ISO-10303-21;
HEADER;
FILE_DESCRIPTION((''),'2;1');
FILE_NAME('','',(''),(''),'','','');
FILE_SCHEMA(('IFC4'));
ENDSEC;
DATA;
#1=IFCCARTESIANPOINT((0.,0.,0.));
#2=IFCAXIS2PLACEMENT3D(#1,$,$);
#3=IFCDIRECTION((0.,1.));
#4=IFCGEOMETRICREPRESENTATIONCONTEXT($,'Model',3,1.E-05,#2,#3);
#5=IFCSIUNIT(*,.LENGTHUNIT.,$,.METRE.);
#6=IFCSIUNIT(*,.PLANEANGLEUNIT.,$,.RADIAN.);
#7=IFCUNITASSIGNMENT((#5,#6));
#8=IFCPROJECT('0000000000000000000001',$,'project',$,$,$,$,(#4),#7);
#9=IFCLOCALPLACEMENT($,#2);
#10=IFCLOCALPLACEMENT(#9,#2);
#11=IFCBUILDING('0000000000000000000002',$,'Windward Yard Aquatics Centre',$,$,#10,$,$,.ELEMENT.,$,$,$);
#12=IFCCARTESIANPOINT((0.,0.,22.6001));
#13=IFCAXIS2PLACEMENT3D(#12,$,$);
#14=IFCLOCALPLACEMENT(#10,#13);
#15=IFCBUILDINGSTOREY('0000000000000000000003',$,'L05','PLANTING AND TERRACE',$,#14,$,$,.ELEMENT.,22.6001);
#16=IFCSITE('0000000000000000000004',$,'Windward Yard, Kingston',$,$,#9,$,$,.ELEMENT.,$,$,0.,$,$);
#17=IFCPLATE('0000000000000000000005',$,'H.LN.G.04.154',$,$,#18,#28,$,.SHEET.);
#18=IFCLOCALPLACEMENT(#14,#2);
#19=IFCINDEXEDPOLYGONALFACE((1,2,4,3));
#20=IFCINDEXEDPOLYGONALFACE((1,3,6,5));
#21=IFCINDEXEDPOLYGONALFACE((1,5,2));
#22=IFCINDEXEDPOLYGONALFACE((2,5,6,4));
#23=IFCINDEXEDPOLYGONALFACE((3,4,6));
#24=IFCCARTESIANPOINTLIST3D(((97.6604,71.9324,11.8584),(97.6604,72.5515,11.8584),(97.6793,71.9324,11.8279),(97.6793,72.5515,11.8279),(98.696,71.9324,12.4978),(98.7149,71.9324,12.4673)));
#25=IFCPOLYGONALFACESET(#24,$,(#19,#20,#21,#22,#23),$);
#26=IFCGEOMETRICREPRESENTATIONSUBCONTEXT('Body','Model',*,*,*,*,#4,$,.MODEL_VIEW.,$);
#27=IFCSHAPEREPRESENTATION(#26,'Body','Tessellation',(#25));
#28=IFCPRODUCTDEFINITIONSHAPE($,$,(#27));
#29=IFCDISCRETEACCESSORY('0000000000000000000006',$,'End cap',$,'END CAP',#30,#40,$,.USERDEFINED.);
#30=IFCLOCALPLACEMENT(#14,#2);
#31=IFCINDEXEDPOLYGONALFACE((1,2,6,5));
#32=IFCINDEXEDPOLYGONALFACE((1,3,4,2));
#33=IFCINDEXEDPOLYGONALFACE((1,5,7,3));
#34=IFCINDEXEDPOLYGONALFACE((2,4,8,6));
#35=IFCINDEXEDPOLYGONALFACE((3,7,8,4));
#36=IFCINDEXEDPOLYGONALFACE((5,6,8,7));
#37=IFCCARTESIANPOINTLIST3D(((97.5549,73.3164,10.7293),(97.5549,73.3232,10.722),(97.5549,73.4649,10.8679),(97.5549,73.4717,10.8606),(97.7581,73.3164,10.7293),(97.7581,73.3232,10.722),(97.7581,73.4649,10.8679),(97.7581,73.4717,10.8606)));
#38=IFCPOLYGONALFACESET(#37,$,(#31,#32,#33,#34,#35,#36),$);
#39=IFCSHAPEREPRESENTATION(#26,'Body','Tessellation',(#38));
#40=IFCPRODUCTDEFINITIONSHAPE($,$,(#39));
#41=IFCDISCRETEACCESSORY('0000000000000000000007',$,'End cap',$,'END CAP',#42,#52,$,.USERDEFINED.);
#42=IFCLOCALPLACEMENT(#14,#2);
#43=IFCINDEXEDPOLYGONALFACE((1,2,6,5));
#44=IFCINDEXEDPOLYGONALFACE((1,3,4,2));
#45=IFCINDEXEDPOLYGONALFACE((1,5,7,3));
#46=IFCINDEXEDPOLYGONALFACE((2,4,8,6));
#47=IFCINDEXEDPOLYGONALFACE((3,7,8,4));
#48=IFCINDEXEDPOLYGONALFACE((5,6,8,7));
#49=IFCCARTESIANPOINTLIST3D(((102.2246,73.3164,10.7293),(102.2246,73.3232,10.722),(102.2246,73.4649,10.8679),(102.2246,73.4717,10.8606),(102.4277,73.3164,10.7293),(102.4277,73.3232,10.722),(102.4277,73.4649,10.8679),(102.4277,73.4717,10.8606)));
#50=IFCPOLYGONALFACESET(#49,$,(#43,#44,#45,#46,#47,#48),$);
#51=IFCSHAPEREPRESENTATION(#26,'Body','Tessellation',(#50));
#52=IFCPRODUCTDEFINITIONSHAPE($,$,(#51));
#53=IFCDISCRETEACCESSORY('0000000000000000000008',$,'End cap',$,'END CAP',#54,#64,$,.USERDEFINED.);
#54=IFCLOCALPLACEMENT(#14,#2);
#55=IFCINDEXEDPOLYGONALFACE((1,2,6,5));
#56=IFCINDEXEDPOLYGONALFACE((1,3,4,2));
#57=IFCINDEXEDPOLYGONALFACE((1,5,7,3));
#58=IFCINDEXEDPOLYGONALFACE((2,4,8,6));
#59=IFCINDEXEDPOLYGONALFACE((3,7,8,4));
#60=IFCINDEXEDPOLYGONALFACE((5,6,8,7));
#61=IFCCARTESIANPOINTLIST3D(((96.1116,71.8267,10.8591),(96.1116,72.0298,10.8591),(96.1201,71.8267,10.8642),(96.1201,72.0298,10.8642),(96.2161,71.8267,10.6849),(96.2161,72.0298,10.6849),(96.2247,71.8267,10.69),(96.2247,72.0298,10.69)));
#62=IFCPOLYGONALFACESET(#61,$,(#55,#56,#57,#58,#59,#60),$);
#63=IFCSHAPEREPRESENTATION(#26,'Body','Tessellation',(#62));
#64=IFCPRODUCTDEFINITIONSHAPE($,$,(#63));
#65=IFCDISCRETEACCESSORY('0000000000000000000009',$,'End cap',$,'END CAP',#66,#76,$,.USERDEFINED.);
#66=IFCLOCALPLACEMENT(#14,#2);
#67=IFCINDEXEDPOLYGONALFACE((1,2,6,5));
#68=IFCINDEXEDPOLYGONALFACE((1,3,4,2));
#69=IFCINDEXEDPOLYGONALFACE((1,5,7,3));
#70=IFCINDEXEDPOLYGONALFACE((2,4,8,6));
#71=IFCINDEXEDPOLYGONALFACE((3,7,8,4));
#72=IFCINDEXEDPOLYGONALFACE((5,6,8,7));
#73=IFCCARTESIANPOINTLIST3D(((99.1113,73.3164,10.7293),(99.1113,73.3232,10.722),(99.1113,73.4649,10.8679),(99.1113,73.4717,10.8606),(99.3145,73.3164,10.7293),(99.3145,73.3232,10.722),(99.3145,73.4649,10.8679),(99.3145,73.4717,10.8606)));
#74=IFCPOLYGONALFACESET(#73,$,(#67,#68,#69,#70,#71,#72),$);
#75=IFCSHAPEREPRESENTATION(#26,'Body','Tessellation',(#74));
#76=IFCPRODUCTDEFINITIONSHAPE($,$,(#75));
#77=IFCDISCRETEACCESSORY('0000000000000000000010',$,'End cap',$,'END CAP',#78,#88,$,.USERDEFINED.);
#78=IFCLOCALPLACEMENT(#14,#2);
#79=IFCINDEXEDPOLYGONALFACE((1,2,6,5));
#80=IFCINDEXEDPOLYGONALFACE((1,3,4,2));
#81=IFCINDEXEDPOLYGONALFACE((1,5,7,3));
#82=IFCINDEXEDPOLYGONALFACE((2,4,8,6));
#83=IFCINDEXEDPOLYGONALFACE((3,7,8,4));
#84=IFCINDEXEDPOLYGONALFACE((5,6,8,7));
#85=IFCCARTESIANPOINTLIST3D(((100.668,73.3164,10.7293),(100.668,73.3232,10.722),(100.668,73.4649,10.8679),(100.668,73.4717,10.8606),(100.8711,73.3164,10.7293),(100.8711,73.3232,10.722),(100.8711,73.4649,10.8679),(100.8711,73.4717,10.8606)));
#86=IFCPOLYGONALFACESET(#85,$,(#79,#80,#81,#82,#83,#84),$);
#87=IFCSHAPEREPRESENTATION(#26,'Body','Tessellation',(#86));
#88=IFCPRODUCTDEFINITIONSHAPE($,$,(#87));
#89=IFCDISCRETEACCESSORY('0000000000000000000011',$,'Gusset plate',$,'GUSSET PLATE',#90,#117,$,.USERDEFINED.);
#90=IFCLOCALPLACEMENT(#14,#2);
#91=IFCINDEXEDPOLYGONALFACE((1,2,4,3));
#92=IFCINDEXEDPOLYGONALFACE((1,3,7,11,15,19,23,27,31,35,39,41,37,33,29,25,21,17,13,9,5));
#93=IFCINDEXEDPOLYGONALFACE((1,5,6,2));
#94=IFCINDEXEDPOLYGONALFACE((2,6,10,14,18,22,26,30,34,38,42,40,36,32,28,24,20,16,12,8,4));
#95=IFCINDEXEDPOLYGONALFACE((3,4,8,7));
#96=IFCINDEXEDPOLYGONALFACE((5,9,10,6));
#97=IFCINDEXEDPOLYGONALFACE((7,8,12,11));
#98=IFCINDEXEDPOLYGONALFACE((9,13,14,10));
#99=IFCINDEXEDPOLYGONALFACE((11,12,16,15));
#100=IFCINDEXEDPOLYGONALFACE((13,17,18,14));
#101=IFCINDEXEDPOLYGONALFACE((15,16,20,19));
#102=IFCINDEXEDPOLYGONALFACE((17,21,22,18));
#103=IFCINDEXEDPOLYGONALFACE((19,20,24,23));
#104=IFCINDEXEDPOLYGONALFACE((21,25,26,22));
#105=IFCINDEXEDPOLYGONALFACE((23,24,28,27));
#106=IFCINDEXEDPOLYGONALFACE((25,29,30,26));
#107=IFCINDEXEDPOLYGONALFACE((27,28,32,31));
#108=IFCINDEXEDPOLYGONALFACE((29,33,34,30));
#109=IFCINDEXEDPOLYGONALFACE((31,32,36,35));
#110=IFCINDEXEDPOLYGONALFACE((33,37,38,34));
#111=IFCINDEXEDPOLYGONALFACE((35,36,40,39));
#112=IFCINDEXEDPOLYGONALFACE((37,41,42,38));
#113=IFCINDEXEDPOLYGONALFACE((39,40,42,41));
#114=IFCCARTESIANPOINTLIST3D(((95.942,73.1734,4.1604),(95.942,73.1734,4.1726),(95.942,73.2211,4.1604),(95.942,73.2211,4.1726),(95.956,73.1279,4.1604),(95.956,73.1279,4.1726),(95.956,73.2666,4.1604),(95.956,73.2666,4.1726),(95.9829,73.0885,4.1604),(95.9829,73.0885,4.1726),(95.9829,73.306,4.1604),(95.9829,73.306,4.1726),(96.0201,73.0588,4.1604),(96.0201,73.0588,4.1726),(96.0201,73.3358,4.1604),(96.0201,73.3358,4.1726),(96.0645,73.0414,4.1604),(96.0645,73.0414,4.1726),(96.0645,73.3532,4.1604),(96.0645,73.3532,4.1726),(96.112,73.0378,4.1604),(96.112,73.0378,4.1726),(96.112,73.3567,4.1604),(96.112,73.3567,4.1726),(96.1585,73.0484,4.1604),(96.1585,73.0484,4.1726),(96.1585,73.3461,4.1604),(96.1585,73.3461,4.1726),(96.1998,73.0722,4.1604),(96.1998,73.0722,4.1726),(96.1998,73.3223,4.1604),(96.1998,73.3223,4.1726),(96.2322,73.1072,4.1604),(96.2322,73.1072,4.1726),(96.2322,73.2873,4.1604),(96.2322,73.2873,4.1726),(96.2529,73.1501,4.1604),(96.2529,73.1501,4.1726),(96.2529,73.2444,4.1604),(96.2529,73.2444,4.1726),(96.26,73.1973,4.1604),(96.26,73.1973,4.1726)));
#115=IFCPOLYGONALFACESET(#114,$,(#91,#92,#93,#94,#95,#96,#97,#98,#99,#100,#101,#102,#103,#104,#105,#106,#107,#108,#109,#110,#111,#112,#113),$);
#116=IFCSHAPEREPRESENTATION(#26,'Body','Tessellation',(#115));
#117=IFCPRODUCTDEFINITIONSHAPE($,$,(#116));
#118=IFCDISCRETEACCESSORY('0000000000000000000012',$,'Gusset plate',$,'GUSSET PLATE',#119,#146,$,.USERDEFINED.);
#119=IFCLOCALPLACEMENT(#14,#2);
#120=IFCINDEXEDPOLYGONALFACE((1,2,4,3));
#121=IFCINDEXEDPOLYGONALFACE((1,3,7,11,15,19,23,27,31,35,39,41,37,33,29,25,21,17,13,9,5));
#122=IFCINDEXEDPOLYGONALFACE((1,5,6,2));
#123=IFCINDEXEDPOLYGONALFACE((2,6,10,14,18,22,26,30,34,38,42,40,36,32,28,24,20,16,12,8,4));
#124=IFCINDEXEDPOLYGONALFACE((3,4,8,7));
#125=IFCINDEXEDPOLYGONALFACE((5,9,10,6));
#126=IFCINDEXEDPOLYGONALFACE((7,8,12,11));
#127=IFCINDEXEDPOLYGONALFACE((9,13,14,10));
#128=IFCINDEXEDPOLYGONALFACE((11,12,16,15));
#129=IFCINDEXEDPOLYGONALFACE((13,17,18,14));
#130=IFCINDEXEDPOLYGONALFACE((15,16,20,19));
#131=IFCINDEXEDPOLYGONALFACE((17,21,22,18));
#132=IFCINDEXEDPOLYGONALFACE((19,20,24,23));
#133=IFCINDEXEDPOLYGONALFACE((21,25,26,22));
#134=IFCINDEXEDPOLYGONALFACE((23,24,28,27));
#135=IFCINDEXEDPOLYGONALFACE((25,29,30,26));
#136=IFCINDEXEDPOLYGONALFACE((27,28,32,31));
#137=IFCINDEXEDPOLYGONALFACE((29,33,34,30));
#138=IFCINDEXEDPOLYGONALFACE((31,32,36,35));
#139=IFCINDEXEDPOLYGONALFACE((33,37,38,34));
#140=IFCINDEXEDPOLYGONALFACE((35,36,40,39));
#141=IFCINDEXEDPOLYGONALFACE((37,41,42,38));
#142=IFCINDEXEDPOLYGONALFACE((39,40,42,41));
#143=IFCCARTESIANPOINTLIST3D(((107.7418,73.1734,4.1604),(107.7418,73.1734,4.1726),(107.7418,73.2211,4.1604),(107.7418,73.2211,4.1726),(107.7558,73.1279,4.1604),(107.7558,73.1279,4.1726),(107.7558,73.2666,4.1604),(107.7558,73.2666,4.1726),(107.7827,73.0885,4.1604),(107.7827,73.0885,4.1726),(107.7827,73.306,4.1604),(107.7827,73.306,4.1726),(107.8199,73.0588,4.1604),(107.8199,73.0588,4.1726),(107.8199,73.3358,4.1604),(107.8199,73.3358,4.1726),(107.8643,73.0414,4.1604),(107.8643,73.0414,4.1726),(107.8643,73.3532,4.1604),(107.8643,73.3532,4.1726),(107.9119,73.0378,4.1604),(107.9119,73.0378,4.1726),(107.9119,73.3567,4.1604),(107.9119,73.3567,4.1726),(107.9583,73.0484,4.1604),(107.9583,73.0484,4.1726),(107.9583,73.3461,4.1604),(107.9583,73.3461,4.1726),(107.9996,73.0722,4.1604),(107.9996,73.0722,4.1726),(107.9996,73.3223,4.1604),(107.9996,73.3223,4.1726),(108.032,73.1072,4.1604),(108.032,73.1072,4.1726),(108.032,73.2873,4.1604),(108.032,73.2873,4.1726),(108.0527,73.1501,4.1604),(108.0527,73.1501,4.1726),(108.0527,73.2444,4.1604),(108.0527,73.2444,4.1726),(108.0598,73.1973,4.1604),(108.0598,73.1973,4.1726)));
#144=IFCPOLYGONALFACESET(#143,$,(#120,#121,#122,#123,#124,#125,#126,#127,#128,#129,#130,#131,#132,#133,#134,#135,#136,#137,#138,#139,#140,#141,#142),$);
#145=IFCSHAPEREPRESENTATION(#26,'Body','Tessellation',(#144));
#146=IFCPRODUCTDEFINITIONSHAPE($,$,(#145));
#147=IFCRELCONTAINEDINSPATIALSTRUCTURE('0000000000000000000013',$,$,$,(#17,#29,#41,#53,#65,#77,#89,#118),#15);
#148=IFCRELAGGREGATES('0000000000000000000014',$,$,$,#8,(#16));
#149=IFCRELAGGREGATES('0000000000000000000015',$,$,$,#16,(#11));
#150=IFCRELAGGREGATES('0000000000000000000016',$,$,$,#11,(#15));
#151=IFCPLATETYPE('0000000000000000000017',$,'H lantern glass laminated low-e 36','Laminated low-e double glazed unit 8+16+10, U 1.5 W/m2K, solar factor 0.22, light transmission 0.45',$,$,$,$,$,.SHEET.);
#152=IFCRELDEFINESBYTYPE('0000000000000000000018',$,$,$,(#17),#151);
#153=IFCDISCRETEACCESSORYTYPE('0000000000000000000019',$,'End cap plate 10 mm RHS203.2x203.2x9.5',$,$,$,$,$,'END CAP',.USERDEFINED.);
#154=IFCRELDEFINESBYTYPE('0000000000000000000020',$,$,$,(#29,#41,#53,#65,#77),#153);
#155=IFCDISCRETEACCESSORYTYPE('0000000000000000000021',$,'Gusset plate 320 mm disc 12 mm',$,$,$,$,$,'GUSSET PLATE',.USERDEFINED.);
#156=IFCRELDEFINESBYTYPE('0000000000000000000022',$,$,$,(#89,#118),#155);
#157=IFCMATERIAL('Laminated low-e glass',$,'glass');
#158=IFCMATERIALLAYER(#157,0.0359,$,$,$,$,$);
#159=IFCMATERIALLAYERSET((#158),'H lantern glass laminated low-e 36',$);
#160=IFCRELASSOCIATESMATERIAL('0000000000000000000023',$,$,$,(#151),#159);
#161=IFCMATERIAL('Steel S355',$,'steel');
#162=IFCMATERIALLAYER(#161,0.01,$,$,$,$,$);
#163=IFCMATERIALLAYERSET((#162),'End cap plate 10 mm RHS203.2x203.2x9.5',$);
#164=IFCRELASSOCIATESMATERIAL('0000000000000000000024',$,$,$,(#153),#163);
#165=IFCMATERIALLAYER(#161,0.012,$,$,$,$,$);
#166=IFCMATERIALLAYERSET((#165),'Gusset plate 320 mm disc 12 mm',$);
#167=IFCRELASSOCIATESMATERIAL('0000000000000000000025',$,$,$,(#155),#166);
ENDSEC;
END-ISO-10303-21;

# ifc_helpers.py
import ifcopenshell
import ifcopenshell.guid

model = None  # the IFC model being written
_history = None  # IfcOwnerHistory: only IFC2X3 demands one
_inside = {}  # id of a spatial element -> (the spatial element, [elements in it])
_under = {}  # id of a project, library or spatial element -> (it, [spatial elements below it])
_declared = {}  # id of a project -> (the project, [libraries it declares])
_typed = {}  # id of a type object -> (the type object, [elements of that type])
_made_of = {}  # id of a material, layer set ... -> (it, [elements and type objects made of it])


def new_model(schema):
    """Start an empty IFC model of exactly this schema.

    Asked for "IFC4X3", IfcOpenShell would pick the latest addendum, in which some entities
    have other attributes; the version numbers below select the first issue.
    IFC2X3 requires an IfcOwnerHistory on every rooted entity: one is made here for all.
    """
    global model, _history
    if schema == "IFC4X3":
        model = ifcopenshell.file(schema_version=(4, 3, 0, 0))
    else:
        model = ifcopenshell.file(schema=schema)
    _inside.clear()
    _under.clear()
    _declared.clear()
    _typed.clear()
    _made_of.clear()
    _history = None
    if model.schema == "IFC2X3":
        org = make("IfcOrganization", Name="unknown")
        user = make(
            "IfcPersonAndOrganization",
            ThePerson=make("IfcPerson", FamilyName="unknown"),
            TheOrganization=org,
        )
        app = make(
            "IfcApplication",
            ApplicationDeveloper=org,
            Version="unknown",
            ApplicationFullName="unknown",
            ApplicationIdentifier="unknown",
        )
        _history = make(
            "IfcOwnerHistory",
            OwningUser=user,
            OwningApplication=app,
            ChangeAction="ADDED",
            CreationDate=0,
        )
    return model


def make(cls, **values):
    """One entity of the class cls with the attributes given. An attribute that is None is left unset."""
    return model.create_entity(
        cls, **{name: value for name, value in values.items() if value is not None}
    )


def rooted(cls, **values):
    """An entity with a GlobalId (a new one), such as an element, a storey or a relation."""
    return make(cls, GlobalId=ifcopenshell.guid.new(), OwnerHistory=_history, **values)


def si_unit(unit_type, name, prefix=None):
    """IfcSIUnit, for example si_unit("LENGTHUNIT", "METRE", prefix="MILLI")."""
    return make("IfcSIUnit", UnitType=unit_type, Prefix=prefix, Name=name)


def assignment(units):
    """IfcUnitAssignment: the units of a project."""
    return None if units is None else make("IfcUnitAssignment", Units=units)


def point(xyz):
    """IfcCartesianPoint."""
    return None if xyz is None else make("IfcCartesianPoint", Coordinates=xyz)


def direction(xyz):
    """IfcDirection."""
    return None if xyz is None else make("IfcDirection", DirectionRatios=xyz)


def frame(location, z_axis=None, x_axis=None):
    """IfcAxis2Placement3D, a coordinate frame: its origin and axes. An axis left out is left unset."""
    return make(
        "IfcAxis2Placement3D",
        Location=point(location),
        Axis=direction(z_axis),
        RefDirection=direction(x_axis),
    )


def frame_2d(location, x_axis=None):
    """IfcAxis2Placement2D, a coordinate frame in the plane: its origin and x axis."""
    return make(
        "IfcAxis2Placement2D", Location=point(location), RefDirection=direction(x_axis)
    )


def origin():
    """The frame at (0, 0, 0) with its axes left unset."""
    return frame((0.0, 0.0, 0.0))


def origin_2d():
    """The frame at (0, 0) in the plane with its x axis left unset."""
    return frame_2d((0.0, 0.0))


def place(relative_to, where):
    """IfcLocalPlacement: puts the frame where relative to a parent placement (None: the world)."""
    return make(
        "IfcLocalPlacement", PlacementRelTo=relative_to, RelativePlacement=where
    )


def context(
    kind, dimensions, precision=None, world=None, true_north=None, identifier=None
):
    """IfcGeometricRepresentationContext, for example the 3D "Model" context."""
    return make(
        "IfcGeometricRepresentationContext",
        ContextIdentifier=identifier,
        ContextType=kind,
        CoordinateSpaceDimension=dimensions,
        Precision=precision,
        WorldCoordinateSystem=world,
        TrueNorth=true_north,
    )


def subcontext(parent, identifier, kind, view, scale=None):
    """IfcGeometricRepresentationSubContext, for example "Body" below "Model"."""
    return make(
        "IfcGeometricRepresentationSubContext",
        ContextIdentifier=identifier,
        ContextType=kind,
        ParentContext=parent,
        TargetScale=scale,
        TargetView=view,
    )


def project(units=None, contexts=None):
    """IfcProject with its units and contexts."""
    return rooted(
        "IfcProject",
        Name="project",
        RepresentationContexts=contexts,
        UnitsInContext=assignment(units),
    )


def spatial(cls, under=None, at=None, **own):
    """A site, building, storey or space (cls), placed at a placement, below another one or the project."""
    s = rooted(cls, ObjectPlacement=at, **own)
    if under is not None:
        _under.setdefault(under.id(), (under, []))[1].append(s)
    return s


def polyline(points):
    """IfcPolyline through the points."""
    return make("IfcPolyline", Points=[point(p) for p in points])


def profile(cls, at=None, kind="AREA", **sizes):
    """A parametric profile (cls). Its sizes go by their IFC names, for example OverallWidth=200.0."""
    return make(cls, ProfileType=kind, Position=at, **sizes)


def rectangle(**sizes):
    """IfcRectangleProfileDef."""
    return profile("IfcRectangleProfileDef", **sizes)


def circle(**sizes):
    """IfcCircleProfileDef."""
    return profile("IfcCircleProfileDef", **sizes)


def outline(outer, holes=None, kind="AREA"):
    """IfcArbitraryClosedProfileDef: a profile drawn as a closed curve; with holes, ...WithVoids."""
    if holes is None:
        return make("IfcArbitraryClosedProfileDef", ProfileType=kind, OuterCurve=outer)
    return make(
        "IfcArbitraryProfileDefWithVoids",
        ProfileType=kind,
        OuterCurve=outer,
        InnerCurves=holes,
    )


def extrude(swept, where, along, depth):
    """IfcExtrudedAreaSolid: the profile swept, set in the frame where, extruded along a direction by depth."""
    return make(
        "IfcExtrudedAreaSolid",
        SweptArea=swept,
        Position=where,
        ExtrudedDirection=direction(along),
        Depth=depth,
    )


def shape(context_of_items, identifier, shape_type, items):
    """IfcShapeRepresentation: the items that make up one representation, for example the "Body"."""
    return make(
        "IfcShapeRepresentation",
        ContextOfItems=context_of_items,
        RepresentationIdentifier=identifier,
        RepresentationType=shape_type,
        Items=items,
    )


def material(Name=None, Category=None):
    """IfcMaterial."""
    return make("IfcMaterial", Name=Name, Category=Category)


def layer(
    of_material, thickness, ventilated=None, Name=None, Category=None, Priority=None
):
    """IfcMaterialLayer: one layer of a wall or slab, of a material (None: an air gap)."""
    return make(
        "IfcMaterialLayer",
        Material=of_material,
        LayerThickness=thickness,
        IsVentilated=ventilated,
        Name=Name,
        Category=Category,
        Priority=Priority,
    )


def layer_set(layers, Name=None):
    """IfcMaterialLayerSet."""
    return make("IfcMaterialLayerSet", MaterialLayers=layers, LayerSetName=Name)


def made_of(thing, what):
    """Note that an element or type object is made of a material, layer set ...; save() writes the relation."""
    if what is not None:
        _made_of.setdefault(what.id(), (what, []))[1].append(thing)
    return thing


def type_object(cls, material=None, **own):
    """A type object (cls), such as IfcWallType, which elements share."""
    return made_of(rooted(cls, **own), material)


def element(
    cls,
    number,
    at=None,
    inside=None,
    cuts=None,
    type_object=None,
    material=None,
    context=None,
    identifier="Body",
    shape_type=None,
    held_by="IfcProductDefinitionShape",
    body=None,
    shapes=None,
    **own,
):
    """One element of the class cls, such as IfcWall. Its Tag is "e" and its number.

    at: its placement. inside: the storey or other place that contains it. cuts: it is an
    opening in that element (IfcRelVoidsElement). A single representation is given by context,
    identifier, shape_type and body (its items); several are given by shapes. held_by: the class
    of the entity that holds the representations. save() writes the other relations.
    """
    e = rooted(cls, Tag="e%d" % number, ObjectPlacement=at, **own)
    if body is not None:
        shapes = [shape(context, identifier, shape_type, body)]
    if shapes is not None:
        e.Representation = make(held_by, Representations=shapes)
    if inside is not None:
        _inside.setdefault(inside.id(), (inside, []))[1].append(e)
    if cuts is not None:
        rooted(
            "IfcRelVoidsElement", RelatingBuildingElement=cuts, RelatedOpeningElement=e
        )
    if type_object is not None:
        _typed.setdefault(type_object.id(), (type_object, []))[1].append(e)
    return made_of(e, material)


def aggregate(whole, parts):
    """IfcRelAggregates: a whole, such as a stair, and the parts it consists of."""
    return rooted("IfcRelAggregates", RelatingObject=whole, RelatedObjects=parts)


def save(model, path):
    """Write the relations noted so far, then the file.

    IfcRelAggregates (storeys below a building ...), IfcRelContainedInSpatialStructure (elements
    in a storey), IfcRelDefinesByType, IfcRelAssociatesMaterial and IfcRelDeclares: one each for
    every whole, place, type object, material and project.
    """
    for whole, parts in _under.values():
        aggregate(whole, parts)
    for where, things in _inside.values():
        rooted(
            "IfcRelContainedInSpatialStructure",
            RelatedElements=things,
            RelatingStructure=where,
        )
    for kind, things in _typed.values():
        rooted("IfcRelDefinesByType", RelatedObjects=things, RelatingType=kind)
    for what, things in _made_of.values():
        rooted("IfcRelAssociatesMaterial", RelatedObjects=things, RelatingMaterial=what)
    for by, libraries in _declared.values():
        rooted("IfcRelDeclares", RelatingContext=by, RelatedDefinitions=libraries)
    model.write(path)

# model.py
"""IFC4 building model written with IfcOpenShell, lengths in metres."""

from ifc_helpers import new_model, si_unit, direction, frame, origin, origin_2d, place, context, subcontext, project, spatial, polyline, rectangle, circle, outline, extrude, material, layer, layer_set, type_object, element, save


model = new_model("IFC4")

# Units and contexts
model_context = context("Model", 3, precision=1e-05, world=origin(), true_north=direction((0.0, 1.0)))
body_context = subcontext(model_context, "Body", "Model", "MODEL_VIEW")
ifc_project = project(units=[si_unit("LENGTHUNIT", "METRE"), si_unit("PLANEANGLEUNIT", "RADIAN")], contexts=[model_context])

# Site, building, storey
site_placement = place(None, origin())
site = spatial("IfcSite", under=ifc_project, at=site_placement, Name="Windward Yard, Kingston", CompositionType="ELEMENT", RefElevation=0.0)
building_placement = place(site_placement, origin())
building = spatial("IfcBuilding", under=site, at=building_placement, Name="Windward Yard Aquatics Centre", CompositionType="ELEMENT")
storey_placement = place(building_placement, frame((0.0, 0.0, 22.6001)))
storey = spatial("IfcBuildingStorey", under=building, at=storey_placement, Name="L05", Description="PLANTING AND TERRACE", CompositionType="ELEMENT", Elevation=22.6001)

# Plate
ifc_material_1 = material(Name="Laminated low-e glass", Category="glass")
ifc_layer_1 = layer(ifc_material_1, 0.0359)
ifc_layer_set_1 = layer_set([ifc_layer_1], Name="H lantern glass laminated low-e 36")
plate_type = type_object("IfcPlateType", Name="H lantern glass laminated low-e 36", Description="Laminated low-e double glazed unit 8+16+10, U 1.5 W/m2K, solar factor 0.22, light transmission 0.45", PredefinedType="SHEET", material=ifc_layer_set_1)
plate_1_placement = place(storey_placement, frame((97.6604, 71.9324, 11.8584), z_axis=(-0.525339, 0.0, 0.850893), x_axis=(0.0, 1.0, 0.0)))
element("IfcPlate", 1, at=plate_1_placement, inside=storey, type_object=plate_type, Name="H.LN.G.04.154", PredefinedType="SHEET", context=body_context, shape_type="SweptSolid", body=[
    extrude(outline(polyline([(0.0, 0.0), (0.6191, 0.0), (0.0, -1.2171), (0.0, 0.0)])), origin(), (0.0, 0.0, -1.0), 0.0359),
])

# Discrete accessories
ifc_material_2 = material(Name="Steel S355", Category="steel")
ifc_layer_2 = layer(ifc_material_2, 0.01)
ifc_layer_set_2 = layer_set([ifc_layer_2], Name="End cap plate 10 mm RHS203.2x203.2x9.5")
discrete_accessory_type_1 = type_object("IfcDiscreteAccessoryType", Name="End cap plate 10 mm RHS203.2x203.2x9.5", ElementType="END CAP", PredefinedType="USERDEFINED", material=ifc_layer_set_2)
for number, where, z_axis, x_axis, name in (
    (2, (97.6565, 73.3975, 10.7913), (0.0, -0.682318, 0.731055), (1.0, 0.0, 0.0), "End cap"),
    (3, (102.3262, 73.3975, 10.7913), (0.0, -0.682318, 0.731055), (1.0, 0.0, 0.0), "End cap"),
    (4, (96.1638, 71.9282, 10.772), (0.857493, 0.0, 0.514496), (0.0, 1.0, 0.0), "End cap"),
    (5, (99.2129, 73.3975, 10.7913), (0.0, -0.682318, 0.731055), (1.0, 0.0, 0.0), "End cap"),
    (6, (100.7695, 73.3975, 10.7913), (0.0, -0.682318, 0.731055), (1.0, 0.0, 0.0), "End cap"),
):
    element("IfcDiscreteAccessory", number, at=place(storey_placement, frame(where, z_axis=z_axis, x_axis=x_axis)), inside=storey, type_object=discrete_accessory_type_1, Name=name, ObjectType="END CAP", PredefinedType="USERDEFINED", context=body_context, shape_type="SweptSolid", body=[
        extrude(rectangle(XDim=0.2031, YDim=0.2031, at=origin_2d()), origin(), (0.0, 0.0, 1.0), 0.01),
    ])
ifc_layer_3 = layer(ifc_material_2, 0.012)
ifc_layer_set_3 = layer_set([ifc_layer_3], Name="Gusset plate 320 mm disc 12 mm")
discrete_accessory_type_2 = type_object("IfcDiscreteAccessoryType", Name="Gusset plate 320 mm disc 12 mm", ElementType="GUSSET PLATE", PredefinedType="USERDEFINED", material=ifc_layer_set_3)
for number, where, z_axis, x_axis, name in (
    (7, (96.1001, 73.1973, 4.1604), (0.0, 0.0, 1.0), (1.0, 0.0, 0.0), "Gusset plate"),
    (8, (107.8999, 73.1973, 4.1604), (0.0, 0.0, 1.0), (1.0, 0.0, 0.0), "Gusset plate"),
):
    element("IfcDiscreteAccessory", number, at=place(storey_placement, frame(where, z_axis=z_axis, x_axis=x_axis)), inside=storey, type_object=discrete_accessory_type_2, Name=name, ObjectType="GUSSET PLATE", PredefinedType="USERDEFINED", context=body_context, shape_type="SweptSolid", body=[
        extrude(circle(Radius=0.1599, at=origin_2d()), origin(), (0.0, 0.0, 1.0), 0.0122),
    ])

save(model, "model.ifc")
